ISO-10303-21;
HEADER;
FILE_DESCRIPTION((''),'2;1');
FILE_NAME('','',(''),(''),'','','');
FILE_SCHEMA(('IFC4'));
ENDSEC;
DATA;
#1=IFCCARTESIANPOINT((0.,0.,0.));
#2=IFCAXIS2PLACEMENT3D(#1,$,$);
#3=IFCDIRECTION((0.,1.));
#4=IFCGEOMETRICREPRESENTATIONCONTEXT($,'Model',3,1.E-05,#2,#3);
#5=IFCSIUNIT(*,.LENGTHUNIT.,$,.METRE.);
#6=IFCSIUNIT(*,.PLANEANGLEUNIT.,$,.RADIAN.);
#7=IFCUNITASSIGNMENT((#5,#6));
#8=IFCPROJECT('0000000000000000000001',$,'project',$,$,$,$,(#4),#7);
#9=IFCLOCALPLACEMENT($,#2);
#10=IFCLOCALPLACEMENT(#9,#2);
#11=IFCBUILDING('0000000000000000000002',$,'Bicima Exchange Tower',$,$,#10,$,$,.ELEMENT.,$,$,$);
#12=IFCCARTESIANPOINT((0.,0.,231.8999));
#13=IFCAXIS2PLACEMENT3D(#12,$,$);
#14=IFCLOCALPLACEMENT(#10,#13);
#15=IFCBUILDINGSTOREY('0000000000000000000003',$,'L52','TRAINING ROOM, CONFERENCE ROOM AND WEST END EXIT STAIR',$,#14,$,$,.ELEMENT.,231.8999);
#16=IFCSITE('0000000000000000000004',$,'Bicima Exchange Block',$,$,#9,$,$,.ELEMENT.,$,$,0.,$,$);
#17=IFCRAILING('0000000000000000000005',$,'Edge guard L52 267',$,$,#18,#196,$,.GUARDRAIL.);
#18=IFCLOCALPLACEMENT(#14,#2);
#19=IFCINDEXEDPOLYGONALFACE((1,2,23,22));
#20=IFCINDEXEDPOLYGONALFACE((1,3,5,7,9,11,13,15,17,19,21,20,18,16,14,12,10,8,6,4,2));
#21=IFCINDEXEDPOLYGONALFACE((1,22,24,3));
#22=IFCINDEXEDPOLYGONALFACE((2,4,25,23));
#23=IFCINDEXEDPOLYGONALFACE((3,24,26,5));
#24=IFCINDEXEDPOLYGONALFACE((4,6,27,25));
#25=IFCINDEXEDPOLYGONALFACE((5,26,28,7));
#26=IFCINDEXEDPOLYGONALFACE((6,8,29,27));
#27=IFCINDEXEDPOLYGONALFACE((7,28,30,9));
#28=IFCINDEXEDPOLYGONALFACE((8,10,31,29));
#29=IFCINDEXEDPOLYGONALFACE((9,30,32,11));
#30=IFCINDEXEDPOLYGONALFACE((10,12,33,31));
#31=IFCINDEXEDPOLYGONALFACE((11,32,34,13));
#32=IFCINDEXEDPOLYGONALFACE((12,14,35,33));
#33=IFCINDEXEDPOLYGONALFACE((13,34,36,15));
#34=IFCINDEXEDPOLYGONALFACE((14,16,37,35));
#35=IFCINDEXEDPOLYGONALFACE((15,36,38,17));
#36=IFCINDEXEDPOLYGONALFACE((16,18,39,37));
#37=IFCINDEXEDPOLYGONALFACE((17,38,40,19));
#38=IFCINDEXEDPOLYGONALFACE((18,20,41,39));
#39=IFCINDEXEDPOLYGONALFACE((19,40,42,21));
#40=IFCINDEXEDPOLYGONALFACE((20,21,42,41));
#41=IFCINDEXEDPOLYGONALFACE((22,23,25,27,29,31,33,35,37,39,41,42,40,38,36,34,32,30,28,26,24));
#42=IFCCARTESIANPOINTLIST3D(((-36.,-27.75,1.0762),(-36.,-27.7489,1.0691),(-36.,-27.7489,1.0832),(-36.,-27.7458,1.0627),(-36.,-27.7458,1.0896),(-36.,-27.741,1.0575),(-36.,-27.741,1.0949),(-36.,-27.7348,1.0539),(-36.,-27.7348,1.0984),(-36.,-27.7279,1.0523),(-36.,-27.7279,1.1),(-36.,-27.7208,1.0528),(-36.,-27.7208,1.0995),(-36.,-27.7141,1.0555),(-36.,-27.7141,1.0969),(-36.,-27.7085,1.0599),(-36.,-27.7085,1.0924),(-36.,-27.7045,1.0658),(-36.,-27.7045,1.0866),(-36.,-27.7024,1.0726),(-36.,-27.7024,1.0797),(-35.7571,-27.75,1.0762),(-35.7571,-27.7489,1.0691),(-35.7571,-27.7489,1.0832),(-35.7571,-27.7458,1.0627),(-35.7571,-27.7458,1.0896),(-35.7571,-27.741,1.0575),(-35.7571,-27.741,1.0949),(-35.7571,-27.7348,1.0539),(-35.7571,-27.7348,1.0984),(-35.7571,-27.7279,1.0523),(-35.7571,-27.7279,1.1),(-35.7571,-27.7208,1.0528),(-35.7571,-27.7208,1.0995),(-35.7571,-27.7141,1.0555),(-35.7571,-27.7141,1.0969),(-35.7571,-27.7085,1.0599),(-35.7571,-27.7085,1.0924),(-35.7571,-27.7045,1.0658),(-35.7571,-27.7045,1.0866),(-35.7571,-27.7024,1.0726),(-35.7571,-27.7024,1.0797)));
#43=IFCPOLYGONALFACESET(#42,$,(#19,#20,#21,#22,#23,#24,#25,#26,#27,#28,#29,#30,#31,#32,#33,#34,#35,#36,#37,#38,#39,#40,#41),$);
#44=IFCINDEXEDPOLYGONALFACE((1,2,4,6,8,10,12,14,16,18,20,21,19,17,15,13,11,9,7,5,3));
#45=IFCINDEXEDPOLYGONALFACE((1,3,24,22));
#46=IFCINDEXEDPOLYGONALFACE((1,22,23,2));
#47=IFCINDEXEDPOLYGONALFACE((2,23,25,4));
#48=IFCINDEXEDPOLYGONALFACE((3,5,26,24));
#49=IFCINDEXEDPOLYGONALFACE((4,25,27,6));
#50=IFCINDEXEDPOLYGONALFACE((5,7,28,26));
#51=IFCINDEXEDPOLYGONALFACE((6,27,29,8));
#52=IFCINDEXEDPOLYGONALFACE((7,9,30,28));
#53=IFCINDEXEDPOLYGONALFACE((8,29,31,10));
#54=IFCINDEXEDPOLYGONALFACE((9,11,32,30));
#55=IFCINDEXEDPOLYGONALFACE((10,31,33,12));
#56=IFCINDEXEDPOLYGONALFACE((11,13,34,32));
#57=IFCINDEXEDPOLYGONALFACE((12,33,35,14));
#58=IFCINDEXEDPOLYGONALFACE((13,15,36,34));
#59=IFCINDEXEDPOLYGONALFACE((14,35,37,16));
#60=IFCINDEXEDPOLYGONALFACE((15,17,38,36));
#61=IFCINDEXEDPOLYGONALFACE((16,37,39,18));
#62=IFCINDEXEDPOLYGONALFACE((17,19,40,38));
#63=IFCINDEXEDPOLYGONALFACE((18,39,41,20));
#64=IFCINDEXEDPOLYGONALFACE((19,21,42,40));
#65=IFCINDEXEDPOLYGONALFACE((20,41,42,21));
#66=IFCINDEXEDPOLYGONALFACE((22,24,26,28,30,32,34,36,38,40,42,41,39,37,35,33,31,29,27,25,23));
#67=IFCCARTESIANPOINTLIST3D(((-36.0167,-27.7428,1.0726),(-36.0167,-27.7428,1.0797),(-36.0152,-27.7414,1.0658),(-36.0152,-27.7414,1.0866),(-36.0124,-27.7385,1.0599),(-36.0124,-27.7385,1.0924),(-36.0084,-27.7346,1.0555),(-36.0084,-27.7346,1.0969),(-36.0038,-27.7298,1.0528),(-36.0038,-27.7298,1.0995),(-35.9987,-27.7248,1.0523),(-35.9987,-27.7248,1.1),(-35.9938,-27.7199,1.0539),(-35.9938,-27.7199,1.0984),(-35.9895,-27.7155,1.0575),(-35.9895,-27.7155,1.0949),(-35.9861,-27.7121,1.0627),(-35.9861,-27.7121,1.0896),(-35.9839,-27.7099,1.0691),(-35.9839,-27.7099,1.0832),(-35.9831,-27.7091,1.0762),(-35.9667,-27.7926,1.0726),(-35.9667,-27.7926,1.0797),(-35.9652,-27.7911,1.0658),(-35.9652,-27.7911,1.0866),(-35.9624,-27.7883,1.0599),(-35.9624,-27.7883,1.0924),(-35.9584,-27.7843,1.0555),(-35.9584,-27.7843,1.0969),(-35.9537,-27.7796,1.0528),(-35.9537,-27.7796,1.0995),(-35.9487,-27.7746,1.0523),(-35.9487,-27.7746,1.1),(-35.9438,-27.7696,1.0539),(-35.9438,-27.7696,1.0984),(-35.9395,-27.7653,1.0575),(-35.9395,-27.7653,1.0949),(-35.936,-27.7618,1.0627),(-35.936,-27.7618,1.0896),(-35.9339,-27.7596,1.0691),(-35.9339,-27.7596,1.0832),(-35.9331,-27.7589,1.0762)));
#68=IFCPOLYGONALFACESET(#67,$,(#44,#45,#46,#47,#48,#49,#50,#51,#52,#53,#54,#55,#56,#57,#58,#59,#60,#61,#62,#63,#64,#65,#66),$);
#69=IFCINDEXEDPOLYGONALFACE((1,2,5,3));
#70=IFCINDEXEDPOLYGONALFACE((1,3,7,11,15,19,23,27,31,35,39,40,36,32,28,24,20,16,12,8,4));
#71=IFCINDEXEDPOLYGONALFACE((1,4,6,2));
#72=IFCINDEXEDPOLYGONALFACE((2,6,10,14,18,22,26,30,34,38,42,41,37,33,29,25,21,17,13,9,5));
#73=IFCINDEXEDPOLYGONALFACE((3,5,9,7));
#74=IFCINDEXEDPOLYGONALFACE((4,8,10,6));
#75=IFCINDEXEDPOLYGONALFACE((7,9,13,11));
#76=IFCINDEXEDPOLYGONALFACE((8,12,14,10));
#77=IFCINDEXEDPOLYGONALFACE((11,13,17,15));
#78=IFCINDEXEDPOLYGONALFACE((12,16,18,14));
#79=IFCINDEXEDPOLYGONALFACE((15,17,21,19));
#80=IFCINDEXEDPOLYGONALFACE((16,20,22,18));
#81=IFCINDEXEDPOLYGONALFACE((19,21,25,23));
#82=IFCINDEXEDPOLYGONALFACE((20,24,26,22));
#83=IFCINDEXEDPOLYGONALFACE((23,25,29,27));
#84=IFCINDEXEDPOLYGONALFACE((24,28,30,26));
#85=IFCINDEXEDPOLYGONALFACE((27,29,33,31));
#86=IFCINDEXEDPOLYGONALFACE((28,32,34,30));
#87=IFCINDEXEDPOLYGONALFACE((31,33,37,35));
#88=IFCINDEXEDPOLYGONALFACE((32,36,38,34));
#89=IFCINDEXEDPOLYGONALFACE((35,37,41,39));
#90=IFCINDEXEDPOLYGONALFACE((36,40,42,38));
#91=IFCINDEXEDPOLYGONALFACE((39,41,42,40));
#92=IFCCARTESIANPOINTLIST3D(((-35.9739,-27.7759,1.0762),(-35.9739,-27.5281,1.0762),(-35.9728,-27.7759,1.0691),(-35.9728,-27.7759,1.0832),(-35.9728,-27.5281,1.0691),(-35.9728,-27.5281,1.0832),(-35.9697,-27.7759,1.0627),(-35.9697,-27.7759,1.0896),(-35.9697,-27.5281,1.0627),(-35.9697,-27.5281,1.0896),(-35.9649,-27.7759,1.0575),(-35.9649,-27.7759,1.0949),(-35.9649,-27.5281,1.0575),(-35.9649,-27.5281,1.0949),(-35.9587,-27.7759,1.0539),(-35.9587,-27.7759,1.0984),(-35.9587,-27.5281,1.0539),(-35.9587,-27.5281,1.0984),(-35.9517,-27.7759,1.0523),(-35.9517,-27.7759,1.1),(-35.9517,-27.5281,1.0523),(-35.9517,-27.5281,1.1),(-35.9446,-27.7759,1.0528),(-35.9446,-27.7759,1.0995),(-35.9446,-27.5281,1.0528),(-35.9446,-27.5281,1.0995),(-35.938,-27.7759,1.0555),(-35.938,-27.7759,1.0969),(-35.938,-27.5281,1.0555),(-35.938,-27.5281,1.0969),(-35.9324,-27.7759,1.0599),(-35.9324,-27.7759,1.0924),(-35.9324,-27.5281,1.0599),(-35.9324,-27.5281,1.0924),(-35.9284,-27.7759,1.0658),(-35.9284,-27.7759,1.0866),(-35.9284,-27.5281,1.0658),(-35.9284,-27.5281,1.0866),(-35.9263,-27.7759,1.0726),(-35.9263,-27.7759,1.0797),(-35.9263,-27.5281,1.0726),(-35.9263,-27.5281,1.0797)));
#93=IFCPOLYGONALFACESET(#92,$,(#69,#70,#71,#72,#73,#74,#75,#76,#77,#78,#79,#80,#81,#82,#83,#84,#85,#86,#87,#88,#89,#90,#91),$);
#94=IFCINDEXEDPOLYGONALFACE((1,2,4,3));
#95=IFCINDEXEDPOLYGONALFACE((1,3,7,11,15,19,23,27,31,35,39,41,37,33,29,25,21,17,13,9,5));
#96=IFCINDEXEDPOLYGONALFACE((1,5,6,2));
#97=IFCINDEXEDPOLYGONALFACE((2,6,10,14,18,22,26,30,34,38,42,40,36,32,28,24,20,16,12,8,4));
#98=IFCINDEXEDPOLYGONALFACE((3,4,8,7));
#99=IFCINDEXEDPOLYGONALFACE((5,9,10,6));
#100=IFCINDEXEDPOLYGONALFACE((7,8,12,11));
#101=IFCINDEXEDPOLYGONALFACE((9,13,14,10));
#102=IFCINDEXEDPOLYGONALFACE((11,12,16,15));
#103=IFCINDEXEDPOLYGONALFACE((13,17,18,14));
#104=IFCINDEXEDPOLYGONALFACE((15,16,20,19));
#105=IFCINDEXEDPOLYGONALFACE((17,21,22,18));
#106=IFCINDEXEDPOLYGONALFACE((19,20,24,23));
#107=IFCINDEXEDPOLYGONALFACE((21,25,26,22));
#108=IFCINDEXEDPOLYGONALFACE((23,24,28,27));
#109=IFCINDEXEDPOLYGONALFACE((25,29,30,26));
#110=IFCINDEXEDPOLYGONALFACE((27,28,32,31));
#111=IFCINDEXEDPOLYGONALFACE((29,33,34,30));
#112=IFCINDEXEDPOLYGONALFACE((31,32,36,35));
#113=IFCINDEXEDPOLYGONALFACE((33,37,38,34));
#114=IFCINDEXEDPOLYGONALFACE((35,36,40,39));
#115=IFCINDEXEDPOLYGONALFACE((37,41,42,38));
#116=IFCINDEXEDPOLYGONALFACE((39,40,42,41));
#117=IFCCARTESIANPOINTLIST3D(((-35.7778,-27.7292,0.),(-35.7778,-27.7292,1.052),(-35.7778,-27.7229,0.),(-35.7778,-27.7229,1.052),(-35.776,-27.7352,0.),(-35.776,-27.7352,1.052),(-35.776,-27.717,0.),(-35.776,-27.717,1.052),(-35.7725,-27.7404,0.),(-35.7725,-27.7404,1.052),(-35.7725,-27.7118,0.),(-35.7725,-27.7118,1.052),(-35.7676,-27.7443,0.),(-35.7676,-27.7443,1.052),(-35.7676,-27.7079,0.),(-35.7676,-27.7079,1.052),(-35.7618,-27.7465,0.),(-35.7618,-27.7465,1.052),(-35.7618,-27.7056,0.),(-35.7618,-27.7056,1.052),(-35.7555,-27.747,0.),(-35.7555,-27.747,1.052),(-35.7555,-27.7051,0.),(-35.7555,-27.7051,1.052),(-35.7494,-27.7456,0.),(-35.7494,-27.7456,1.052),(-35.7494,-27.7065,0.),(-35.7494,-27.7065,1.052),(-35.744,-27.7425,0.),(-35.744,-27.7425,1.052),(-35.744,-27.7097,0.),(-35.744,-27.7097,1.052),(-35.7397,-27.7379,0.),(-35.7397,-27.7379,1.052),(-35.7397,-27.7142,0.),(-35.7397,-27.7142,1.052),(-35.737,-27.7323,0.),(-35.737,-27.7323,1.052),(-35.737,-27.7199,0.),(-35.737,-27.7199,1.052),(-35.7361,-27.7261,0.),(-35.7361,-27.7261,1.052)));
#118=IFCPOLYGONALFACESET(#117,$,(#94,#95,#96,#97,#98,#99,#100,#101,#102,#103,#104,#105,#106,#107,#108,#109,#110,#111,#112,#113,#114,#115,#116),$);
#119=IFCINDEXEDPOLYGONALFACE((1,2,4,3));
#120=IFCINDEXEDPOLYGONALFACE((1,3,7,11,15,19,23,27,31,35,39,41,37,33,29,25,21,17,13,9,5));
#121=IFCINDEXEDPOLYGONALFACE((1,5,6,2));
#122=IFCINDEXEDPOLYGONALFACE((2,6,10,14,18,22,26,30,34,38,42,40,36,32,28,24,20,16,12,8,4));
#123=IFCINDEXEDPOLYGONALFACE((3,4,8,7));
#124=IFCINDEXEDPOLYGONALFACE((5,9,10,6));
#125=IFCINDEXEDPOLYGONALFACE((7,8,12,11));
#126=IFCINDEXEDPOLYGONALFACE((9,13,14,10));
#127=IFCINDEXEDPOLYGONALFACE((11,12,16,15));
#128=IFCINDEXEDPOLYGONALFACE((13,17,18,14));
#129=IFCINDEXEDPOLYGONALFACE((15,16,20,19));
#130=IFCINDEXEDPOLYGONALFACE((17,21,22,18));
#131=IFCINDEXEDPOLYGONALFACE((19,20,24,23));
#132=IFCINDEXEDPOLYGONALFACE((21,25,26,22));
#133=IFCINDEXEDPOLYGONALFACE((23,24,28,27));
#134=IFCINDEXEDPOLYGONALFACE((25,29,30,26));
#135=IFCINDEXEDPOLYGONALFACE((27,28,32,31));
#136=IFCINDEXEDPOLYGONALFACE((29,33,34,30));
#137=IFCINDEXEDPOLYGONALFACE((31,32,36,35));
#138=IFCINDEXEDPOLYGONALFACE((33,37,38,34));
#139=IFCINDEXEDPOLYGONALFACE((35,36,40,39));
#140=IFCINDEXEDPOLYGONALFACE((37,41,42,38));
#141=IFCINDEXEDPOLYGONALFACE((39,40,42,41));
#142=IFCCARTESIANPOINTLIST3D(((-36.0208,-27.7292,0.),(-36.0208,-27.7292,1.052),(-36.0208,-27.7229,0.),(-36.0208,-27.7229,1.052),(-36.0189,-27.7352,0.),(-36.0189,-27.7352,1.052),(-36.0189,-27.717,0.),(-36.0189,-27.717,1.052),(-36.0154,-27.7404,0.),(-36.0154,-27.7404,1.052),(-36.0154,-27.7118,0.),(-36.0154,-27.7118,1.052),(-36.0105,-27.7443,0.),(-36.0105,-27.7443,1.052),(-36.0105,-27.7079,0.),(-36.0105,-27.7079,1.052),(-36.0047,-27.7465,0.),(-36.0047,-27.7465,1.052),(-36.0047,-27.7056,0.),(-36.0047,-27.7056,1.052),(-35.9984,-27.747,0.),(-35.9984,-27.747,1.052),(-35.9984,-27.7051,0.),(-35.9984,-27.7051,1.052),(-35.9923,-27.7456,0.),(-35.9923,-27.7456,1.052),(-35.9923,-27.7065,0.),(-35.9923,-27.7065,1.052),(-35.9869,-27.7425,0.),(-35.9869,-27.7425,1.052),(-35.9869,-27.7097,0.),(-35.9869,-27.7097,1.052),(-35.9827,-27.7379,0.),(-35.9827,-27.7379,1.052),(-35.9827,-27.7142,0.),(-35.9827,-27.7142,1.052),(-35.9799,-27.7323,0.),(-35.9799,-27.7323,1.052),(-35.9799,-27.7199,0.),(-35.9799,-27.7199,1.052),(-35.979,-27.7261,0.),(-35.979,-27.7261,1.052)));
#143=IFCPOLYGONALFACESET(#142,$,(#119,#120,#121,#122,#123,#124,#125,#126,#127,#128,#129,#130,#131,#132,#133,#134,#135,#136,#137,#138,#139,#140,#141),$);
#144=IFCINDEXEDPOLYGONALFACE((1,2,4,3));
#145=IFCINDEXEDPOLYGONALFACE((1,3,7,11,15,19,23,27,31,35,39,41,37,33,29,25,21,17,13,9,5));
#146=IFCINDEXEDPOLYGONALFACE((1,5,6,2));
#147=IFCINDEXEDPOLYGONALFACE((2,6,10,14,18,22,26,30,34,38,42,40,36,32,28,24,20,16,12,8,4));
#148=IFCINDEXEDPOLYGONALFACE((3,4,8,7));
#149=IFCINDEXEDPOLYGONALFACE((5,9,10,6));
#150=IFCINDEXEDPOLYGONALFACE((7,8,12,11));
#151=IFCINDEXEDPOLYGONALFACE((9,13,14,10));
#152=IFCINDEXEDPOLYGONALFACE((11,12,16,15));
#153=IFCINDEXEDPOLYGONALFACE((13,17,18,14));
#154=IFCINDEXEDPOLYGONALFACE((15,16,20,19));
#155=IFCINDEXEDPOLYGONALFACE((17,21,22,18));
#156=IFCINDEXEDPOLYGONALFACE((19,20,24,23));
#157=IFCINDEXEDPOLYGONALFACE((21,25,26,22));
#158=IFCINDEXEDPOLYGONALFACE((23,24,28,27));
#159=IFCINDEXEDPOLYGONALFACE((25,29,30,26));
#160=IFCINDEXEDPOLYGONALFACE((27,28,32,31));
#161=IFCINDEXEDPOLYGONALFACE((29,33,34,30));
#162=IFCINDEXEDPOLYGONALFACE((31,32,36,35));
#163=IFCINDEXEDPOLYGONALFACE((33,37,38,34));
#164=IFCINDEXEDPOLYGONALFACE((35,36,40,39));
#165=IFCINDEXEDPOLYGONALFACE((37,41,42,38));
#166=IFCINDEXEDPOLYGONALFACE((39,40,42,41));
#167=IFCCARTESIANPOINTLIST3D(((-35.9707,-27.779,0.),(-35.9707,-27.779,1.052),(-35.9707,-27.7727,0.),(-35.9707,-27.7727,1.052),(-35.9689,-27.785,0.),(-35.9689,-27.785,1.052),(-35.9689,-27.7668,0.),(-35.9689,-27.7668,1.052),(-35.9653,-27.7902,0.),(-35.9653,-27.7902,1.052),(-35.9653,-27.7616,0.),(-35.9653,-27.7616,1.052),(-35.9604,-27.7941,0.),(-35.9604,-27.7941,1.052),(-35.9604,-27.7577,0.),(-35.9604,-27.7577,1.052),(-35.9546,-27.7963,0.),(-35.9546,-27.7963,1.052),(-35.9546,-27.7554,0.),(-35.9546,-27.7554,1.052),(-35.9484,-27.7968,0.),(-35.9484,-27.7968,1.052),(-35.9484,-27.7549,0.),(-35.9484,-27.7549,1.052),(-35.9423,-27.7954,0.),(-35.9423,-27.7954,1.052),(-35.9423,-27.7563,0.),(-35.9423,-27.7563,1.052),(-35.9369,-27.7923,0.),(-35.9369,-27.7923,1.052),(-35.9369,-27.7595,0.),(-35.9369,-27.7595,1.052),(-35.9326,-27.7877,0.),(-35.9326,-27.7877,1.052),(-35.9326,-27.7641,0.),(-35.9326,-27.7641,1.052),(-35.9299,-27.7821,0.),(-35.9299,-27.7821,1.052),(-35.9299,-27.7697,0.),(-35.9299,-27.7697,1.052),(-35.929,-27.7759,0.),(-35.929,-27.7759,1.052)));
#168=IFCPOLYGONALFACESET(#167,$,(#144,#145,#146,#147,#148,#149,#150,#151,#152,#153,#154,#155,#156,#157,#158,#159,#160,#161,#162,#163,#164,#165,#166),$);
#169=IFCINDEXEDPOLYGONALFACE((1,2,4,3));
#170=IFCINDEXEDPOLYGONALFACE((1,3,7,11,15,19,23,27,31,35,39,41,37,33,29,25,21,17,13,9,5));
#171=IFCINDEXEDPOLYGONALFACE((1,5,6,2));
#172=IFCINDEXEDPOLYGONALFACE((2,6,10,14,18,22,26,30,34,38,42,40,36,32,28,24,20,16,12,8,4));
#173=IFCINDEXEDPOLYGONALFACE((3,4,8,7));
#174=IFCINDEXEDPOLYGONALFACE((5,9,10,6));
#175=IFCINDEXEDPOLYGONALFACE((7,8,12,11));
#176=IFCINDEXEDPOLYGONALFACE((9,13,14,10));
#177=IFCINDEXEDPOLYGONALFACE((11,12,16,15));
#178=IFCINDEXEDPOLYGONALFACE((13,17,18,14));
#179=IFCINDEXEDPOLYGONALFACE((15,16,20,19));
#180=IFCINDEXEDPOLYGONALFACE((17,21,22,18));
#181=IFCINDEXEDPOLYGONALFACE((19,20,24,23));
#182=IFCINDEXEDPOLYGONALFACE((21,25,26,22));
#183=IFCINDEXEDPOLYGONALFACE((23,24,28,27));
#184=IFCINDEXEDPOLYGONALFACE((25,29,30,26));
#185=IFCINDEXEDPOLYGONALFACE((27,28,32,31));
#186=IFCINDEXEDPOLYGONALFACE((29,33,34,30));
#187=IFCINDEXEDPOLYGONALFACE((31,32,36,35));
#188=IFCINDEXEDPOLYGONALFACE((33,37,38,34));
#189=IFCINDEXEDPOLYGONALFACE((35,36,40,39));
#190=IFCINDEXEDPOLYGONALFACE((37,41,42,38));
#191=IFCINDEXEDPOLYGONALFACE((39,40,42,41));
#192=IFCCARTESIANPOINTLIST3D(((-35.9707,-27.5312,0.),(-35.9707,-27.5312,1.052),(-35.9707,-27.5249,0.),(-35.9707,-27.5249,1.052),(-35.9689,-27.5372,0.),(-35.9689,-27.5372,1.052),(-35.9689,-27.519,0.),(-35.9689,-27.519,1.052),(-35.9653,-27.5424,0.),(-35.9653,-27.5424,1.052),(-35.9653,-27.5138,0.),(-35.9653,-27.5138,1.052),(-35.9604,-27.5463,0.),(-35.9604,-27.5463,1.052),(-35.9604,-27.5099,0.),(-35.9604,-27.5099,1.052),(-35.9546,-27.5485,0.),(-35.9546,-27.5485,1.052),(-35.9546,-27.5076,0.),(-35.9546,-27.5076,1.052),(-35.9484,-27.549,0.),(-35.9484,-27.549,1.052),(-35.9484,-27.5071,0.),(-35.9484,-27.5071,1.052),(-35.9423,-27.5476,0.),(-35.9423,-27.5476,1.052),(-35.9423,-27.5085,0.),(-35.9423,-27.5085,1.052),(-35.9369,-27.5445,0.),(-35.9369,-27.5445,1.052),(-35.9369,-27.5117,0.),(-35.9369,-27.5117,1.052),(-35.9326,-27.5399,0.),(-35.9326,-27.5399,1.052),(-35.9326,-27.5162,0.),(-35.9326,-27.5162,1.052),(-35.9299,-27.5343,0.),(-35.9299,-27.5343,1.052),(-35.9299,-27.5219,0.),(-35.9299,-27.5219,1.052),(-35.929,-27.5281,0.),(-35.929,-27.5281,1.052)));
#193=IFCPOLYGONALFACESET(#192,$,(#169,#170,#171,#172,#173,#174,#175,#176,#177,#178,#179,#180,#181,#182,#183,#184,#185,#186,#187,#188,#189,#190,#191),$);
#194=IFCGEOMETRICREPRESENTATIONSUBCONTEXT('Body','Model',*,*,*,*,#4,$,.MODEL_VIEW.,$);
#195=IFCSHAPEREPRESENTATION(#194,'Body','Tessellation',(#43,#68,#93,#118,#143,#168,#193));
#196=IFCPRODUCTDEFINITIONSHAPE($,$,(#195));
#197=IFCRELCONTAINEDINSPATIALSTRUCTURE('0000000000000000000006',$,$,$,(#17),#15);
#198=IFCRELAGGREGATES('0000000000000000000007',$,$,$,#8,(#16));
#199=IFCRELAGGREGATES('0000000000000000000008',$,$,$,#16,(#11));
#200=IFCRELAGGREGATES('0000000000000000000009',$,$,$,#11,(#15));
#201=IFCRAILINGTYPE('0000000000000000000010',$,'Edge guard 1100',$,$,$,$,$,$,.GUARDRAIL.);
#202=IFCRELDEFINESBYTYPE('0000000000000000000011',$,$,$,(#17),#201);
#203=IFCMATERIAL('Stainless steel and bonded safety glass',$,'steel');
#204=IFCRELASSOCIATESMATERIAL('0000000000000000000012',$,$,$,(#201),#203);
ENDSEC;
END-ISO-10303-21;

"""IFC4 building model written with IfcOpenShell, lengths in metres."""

from ifc_helpers import new_model, si_unit, direction, frame, origin, origin_2d, place, context, subcontext, project, spatial, circle, extrude, material, type_object, element, save


model = new_model("IFC4")

# Units and contexts
model_context = context("Model", 3, precision=1e-05, world=origin(), true_north=direction((0.0, 1.0)))
body_context = subcontext(model_context, "Body", "Model", "MODEL_VIEW")
ifc_project = project(units=[si_unit("LENGTHUNIT", "METRE"), si_unit("PLANEANGLEUNIT", "RADIAN")], contexts=[model_context])

# Site, building, storey
site_placement = place(None, origin())
site = spatial("IfcSite", under=ifc_project, at=site_placement, Name="Bicima Exchange Block", CompositionType="ELEMENT", RefElevation=0.0)
building_placement = place(site_placement, origin())
building = spatial("IfcBuilding", under=site, at=building_placement, Name="Bicima Exchange Tower", CompositionType="ELEMENT")
storey_placement = place(building_placement, frame((0.0, 0.0, 231.8999)))
storey = spatial("IfcBuildingStorey", under=building, at=storey_placement, Name="L52", Description="TRAINING ROOM, CONFERENCE ROOM AND WEST END EXIT STAIR", CompositionType="ELEMENT", Elevation=231.8999)

# Railing
ifc_material_1 = material(Name="Stainless steel and bonded safety glass", Category="steel")
railing_type = type_object("IfcRailingType", Name="Edge guard 1100", PredefinedType="GUARDRAIL", material=ifc_material_1)
railing_1_placement = place(storey_placement, frame((-35.7571, -27.7261, 0.0)))
element("IfcRailing", 1, at=railing_1_placement, inside=storey, type_object=railing_type, Name="Edge guard L52 267", PredefinedType="GUARDRAIL", context=body_context, shape_type="SweptSolid", body=[
    extrude(circle(Radius=0.0239, at=origin_2d()), frame((0.0, 0.0, 1.0762), z_axis=(-1.0, 0.0, 0.0), x_axis=(0.0, -1.0, 0.0)), (0.0, 0.0, 1.0), 0.2429),
    extrude(circle(Radius=0.0239, at=origin_2d()), frame((-0.2429, 0.0, 1.0762), z_axis=(0.708834, -0.705376, 0.0), x_axis=(0.705376, 0.708834, 0.0)), (0.0, 0.0, 1.0), 0.0706),
    extrude(circle(Radius=0.0239, at=origin_2d()), frame((-0.1929, -0.0498, 1.0762), z_axis=(0.0, 1.0, 0.0), x_axis=(-1.0, 0.0, 0.0)), (0.0, 0.0, 1.0), 0.2478),
    extrude(circle(Radius=0.021, at=origin_2d()), origin(), (0.0, 0.0, 1.0), 1.052),
    extrude(circle(Radius=0.021, at=origin_2d()), frame((-0.2429, 0.0, 0.0)), (0.0, 0.0, 1.0), 1.052),
    extrude(circle(Radius=0.021, at=origin_2d()), frame((-0.1929, -0.0498, 0.0)), (0.0, 0.0, 1.0), 1.052),
    extrude(circle(Radius=0.021, at=origin_2d()), frame((-0.1929, 0.198, 0.0)), (0.0, 0.0, 1.0), 1.052),
])

save(model, "model.ifc")
